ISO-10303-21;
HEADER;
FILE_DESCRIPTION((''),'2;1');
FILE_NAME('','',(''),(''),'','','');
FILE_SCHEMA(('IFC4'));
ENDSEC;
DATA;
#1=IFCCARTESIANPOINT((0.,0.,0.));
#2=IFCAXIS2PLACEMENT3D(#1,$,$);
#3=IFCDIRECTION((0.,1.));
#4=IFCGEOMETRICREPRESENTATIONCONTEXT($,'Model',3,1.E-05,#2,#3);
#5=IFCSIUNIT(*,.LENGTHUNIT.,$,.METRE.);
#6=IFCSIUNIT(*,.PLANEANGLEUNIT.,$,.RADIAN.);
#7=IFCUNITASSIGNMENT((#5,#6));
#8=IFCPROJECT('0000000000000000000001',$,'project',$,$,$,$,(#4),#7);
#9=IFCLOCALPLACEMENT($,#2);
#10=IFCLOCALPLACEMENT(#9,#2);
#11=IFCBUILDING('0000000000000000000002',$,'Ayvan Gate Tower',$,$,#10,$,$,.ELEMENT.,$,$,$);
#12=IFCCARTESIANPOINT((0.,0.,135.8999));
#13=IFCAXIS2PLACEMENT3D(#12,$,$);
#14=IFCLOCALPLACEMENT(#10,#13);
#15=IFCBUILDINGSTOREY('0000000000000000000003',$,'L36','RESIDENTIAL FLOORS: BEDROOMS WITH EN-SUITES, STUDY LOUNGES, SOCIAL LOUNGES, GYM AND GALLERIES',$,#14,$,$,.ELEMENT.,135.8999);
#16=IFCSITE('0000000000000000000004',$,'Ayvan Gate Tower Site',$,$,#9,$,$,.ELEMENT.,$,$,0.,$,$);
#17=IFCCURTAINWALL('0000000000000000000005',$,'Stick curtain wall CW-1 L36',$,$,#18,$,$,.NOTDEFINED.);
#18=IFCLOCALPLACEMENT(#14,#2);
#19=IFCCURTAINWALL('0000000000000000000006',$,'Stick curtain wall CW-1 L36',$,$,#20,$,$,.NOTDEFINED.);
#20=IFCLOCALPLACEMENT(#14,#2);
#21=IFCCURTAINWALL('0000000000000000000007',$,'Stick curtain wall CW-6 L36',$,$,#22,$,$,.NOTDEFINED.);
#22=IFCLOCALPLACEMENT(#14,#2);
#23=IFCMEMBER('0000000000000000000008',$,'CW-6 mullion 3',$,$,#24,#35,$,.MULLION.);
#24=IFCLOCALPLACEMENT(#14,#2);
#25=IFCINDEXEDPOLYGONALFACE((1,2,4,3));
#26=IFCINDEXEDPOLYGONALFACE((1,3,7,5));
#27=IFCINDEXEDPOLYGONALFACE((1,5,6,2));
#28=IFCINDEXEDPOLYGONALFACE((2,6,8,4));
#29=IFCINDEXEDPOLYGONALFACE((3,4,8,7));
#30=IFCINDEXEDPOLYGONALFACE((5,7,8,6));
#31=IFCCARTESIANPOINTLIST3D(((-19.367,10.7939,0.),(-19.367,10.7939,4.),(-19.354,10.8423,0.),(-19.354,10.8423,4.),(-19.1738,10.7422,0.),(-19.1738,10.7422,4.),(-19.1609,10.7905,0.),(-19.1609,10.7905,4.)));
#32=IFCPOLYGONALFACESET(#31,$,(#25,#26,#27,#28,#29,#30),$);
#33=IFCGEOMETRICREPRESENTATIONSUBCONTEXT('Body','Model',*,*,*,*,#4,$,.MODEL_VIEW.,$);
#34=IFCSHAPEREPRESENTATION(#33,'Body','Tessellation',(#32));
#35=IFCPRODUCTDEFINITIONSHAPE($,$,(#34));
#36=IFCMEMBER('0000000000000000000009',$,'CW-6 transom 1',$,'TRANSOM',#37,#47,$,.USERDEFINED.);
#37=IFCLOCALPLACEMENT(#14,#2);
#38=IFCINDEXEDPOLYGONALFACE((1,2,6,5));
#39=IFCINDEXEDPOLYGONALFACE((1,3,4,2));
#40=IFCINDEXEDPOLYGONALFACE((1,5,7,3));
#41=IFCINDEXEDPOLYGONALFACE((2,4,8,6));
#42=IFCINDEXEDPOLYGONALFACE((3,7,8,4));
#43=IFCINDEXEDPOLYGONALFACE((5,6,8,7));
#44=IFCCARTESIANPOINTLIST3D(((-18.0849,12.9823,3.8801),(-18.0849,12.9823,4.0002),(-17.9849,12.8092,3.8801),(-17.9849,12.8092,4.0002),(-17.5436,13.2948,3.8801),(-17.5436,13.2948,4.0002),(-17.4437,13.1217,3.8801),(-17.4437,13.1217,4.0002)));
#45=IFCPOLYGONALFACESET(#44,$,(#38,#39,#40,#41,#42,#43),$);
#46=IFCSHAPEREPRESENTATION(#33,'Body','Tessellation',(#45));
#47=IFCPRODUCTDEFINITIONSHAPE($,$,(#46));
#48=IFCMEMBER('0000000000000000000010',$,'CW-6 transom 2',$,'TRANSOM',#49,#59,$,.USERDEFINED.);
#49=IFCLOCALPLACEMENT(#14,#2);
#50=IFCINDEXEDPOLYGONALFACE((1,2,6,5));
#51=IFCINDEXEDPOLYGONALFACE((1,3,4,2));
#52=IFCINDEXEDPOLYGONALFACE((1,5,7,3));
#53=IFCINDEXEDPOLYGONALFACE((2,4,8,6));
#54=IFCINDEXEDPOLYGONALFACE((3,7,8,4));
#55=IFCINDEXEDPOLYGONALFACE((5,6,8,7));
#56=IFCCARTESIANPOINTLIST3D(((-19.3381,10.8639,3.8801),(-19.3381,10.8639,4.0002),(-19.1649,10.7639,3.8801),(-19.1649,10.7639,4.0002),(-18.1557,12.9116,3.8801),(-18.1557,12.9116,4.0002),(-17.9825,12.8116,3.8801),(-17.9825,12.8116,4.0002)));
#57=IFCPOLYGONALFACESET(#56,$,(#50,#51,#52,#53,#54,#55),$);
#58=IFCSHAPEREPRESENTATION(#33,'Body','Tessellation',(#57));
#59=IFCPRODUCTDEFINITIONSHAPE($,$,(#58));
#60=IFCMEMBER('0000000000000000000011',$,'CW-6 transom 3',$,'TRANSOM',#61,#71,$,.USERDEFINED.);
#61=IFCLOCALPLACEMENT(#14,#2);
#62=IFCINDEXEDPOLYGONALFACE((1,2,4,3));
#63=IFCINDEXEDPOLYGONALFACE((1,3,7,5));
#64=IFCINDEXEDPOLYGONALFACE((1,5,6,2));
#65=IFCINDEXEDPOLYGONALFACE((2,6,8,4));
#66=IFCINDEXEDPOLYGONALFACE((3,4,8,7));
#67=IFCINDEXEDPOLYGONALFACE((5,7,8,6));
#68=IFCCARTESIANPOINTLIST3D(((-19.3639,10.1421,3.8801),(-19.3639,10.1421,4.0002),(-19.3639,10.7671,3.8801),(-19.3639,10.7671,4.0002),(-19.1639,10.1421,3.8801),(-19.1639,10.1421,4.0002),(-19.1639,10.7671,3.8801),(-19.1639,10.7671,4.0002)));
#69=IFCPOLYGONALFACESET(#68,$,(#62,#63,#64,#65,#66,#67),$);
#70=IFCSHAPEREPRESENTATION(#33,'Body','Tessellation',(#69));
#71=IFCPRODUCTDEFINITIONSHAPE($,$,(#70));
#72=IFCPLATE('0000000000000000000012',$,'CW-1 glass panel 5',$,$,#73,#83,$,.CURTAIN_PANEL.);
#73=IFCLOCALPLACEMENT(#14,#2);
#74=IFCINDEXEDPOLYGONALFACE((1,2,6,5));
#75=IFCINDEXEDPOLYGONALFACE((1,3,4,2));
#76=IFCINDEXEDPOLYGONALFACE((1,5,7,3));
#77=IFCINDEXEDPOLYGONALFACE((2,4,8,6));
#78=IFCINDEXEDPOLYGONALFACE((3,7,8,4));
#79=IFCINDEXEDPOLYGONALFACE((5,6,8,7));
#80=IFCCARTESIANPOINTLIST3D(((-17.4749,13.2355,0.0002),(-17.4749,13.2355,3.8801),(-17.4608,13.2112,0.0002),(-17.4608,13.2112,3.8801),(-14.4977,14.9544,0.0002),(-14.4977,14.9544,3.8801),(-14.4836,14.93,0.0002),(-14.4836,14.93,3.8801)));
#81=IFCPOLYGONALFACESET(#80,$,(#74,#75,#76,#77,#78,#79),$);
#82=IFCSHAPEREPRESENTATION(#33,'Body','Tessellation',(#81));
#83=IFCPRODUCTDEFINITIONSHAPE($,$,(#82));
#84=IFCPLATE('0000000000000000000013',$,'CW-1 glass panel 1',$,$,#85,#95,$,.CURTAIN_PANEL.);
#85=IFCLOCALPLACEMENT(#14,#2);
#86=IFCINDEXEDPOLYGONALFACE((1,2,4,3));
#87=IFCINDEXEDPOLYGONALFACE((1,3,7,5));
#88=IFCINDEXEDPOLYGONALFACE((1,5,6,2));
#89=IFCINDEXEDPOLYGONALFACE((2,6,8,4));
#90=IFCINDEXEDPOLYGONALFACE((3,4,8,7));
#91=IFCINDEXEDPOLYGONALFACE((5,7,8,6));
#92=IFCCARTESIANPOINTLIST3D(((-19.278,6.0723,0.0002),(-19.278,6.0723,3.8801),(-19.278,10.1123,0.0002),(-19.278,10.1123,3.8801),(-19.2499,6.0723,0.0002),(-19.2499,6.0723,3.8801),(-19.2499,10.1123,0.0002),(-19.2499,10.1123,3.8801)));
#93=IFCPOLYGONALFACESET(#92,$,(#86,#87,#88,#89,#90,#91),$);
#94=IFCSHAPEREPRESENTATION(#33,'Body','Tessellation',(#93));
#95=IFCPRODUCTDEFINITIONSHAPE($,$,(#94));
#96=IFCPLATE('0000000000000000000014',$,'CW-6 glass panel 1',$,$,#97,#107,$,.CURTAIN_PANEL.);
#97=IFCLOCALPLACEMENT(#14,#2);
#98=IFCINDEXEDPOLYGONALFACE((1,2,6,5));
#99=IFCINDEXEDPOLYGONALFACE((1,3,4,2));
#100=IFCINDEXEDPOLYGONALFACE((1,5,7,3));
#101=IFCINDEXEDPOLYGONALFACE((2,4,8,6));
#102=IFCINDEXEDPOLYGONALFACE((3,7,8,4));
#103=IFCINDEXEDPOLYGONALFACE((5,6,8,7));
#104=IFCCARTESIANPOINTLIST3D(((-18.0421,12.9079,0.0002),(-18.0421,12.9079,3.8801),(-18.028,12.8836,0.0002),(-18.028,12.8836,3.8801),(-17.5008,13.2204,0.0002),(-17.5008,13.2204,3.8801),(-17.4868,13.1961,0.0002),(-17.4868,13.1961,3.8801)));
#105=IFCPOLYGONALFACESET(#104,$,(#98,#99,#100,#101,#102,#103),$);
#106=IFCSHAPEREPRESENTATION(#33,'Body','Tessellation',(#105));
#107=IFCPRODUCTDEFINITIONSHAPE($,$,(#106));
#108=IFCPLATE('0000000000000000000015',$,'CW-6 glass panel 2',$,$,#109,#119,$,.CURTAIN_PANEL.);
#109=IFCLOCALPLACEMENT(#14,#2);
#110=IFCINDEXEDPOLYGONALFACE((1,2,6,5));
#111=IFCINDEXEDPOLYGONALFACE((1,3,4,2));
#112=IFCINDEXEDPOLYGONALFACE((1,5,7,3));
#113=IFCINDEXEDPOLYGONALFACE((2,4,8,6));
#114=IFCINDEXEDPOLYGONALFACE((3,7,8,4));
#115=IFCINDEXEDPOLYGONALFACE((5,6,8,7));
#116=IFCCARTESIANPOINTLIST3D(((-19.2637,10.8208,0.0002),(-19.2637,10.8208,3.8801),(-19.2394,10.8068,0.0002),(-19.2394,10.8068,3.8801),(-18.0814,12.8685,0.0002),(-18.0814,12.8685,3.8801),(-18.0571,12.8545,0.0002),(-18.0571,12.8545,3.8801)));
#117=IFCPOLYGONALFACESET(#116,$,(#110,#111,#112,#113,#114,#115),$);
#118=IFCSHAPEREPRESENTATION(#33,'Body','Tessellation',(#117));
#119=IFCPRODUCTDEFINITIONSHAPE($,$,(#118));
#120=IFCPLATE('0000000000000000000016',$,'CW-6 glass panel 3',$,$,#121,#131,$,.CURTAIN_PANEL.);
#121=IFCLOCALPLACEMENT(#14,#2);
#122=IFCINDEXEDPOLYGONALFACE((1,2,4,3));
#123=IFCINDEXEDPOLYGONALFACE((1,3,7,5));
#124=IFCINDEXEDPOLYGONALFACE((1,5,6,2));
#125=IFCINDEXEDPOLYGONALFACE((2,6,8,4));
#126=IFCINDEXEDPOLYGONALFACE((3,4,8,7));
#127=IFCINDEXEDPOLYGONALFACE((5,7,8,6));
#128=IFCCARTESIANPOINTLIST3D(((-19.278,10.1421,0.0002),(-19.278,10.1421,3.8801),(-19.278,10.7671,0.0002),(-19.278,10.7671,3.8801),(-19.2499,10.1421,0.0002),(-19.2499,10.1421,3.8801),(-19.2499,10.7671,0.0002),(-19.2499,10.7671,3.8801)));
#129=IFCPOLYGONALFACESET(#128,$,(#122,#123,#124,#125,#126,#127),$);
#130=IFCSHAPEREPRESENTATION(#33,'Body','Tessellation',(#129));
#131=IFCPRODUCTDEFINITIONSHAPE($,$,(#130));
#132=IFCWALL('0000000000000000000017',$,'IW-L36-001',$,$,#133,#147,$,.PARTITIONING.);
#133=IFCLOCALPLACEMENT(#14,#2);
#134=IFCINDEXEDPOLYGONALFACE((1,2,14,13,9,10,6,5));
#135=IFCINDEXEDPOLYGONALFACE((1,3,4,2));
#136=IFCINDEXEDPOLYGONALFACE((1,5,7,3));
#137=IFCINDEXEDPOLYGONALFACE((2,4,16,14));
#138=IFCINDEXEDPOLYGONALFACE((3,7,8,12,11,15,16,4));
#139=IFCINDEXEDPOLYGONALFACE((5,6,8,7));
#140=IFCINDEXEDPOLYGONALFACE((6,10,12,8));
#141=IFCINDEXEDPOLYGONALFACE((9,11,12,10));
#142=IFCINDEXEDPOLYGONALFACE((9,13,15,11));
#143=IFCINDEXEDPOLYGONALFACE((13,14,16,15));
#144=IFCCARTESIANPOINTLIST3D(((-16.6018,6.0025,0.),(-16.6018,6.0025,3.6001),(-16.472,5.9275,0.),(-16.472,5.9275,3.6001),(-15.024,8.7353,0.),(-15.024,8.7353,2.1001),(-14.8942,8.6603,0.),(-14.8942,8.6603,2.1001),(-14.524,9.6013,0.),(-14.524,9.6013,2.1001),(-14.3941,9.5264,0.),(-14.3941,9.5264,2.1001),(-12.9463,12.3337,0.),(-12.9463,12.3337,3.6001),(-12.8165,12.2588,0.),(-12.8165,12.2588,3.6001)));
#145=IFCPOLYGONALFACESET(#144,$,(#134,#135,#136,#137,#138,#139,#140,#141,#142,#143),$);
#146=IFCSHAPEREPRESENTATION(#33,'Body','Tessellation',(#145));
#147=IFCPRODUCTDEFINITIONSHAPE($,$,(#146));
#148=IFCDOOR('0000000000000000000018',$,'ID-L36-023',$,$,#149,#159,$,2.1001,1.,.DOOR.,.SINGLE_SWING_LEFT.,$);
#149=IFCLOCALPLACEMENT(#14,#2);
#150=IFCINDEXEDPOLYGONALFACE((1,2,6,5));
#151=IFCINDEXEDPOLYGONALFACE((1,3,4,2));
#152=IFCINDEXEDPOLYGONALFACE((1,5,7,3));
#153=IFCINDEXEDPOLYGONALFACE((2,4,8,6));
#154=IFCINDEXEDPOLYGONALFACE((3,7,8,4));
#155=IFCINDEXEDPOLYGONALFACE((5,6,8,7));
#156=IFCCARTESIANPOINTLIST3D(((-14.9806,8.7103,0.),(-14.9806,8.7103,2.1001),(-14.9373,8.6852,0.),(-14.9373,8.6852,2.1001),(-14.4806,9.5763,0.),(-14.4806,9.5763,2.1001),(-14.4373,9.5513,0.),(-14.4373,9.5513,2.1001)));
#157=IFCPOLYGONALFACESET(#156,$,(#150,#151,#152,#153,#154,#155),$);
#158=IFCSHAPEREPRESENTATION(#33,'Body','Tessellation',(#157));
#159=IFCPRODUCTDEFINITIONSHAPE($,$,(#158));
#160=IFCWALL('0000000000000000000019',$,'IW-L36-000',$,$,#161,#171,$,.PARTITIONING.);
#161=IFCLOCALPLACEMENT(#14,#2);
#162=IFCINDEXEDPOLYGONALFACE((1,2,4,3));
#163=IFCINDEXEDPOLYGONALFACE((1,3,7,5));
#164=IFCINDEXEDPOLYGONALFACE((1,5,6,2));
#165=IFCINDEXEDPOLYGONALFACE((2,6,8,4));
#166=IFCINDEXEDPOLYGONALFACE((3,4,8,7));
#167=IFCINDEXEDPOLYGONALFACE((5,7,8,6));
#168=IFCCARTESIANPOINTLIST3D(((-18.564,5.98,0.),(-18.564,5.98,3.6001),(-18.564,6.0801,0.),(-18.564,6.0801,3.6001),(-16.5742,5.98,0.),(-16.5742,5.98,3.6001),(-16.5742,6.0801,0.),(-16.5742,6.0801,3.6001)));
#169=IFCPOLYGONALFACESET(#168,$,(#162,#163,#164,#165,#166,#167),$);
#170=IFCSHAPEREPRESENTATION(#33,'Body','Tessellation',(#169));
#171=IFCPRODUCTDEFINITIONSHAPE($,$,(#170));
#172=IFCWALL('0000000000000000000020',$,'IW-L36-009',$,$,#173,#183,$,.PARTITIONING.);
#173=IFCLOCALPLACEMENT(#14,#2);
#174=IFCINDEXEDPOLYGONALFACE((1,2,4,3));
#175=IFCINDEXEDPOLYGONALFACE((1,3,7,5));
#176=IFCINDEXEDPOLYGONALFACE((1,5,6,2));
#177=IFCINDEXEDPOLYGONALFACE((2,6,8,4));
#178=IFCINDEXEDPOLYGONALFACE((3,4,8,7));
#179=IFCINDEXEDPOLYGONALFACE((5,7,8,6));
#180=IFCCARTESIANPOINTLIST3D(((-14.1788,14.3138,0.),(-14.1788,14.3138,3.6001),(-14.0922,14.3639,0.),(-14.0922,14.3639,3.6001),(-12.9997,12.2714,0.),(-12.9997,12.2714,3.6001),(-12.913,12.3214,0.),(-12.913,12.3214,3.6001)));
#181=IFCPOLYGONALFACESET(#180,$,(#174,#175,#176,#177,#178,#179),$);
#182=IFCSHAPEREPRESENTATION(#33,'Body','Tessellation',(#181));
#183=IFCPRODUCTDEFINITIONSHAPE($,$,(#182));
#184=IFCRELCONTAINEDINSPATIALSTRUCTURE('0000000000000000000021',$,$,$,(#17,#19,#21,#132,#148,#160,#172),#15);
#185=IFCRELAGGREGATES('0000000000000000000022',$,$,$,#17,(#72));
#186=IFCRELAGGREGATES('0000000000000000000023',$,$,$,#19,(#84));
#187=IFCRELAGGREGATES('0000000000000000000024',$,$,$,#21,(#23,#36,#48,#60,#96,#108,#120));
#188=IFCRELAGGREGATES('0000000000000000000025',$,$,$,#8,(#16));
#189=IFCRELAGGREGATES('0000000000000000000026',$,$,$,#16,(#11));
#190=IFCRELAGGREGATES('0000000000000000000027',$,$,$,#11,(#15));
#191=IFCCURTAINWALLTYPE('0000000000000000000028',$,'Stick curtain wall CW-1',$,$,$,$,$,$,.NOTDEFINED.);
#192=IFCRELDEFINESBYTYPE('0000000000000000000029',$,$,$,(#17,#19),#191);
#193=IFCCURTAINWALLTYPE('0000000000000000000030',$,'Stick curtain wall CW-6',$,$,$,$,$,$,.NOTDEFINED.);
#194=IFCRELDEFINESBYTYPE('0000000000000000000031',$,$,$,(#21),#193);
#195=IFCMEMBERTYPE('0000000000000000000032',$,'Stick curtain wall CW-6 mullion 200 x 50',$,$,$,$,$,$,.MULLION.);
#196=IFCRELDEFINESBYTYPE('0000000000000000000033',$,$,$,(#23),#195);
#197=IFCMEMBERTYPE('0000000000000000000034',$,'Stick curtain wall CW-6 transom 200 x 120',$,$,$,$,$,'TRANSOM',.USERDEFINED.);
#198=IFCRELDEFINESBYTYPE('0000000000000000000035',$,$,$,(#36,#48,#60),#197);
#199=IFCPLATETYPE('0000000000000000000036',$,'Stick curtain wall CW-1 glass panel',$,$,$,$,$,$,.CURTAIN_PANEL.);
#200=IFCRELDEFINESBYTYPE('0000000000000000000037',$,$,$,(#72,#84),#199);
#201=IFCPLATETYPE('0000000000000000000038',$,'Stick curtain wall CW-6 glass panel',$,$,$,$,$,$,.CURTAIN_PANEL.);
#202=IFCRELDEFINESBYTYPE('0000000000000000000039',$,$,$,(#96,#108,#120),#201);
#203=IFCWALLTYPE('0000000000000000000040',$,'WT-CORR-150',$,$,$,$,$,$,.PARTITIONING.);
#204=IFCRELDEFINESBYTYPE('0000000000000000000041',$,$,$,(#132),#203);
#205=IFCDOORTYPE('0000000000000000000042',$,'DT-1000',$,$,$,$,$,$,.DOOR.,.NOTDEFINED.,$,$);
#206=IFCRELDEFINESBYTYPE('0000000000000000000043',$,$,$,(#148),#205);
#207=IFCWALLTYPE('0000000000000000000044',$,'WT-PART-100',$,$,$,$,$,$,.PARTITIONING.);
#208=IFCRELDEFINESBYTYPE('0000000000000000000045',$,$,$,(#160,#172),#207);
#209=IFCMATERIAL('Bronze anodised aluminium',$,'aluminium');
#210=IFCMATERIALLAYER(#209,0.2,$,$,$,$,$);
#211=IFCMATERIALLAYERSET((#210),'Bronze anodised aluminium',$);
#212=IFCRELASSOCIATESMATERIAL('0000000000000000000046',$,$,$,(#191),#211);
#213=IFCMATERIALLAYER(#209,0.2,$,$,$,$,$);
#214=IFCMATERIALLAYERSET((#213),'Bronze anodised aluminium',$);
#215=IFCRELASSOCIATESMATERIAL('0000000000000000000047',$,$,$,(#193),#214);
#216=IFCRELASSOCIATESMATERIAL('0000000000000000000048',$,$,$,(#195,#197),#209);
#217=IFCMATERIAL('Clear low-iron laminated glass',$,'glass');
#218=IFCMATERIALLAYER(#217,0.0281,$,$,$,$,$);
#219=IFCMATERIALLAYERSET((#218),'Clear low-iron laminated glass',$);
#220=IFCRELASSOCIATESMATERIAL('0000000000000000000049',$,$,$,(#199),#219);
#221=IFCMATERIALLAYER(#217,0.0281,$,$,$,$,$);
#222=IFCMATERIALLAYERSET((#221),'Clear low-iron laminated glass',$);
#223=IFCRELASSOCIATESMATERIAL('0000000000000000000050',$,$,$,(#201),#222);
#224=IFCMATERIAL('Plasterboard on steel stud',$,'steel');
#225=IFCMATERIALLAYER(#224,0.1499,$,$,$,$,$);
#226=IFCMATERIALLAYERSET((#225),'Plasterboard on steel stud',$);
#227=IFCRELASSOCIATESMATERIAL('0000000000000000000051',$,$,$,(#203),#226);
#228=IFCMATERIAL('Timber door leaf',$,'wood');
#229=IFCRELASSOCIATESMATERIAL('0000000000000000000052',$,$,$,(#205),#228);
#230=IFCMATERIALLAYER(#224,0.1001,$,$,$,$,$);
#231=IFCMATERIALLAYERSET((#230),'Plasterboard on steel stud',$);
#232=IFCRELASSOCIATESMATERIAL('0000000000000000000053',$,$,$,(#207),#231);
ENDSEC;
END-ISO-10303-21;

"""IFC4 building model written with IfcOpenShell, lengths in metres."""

from ifc_helpers import new_model, si_unit, direction, frame, frame_2d, origin, origin_2d, place, context, subcontext, project, spatial, rectangle, extrude, material, layer, layer_set, material_profile, profile_set, type_object, element, fill, aggregate, save


model = new_model("IFC4")

# Units and contexts
model_context = context("Model", 3, precision=1e-05, world=origin(), true_north=direction((0.0, 1.0)))
body_context = subcontext(model_context, "Body", "Model", "MODEL_VIEW")
ifc_project = project(units=[si_unit("LENGTHUNIT", "METRE"), si_unit("PLANEANGLEUNIT", "RADIAN")], contexts=[model_context])

# Site, building, storey
site_placement = place(None, origin())
site = spatial("IfcSite", under=ifc_project, at=site_placement, Name="Ayvan Gate Tower Site", CompositionType="ELEMENT", RefElevation=0.0)
building_placement = place(site_placement, origin())
building = spatial("IfcBuilding", under=site, at=building_placement, Name="Ayvan Gate Tower", CompositionType="ELEMENT")
storey_placement = place(building_placement, frame((0.0, 0.0, 135.8999)))
storey = spatial("IfcBuildingStorey", under=building, at=storey_placement, Name="L36", Description="RESIDENTIAL FLOORS: BEDROOMS WITH EN-SUITES, STUDY LOUNGES, SOCIAL LOUNGES, GYM AND GALLERIES", CompositionType="ELEMENT", Elevation=135.8999)

# Curtain walls, members
ifc_material_1 = material(Name="Bronze anodised aluminium", Category="aluminium")
ifc_layer_1 = layer(ifc_material_1, 0.2)
ifc_layer_set_1 = layer_set([ifc_layer_1], Name="Bronze anodised aluminium")
curtain_wall_type_1 = type_object("IfcCurtainWallType", Name="Stick curtain wall CW-1", PredefinedType="NOTDEFINED", material=ifc_layer_set_1)
curtain_wall_1_placement = place(storey_placement, origin())
curtain_wall_1 = element("IfcCurtainWall", 1, at=curtain_wall_1_placement, inside=storey, type_object=curtain_wall_type_1, Name="Stick curtain wall CW-1 L36", PredefinedType="NOTDEFINED")
curtain_wall_2_placement = place(storey_placement, origin())
curtain_wall_2 = element("IfcCurtainWall", 2, at=curtain_wall_2_placement, inside=storey, type_object=curtain_wall_type_1, Name="Stick curtain wall CW-1 L36", PredefinedType="NOTDEFINED")
ifc_layer_2 = layer(ifc_material_1, 0.2)
ifc_layer_set_2 = layer_set([ifc_layer_2], Name="Bronze anodised aluminium")
curtain_wall_type_2 = type_object("IfcCurtainWallType", Name="Stick curtain wall CW-6", PredefinedType="NOTDEFINED", material=ifc_layer_set_2)
curtain_wall_3_placement = place(storey_placement, origin())
curtain_wall_3 = element("IfcCurtainWall", 3, at=curtain_wall_3_placement, inside=storey, type_object=curtain_wall_type_2, Name="Stick curtain wall CW-6 L36", PredefinedType="NOTDEFINED")
ifc_material_profile_1 = material_profile(ifc_material_1, rectangle(XDim=0.2, YDim=0.05, at=origin_2d()), Name="Stick curtain wall CW-6 mullion 200 x 50")
ifc_profile_set_1 = profile_set([ifc_material_profile_1], Name="Bronze anodised aluminium")
member_type_1 = type_object("IfcMemberType", Name="Stick curtain wall CW-6 mullion 200 x 50", PredefinedType="MULLION", material=ifc_profile_set_1)
member_1_placement = place(storey_placement, frame((-19.2639, 10.7922, 0.0), z_axis=(0.0, 0.0, 1.0), x_axis=(-0.965926, 0.258819, 0.0)))
member_1 = element("IfcMember", 4, at=member_1_placement, type_object=member_type_1, Name="CW-6 mullion 3", PredefinedType="MULLION", context=body_context, shape_type="SweptSolid", body=[
    extrude(rectangle(XDim=0.2, YDim=0.05, at=origin_2d()), origin(), (0.0, 0.0, 1.0), 4.0),
])
ifc_material_profile_2 = material_profile(ifc_material_1, rectangle(XDim=0.2, YDim=0.1201, at=origin_2d()), Name="Stick curtain wall CW-6 transom 200 x 120")
ifc_profile_set_2 = profile_set([ifc_material_profile_2], Name="Bronze anodised aluminium")
member_type_2 = type_object("IfcMemberType", Name="Stick curtain wall CW-6 transom 200 x 120", ElementType="TRANSOM", PredefinedType="USERDEFINED", material=ifc_profile_set_2)
member_2_placement = place(storey_placement, frame((-17.4937, 13.2083, 3.9402), z_axis=(-0.866023, -0.500004, 0.0), x_axis=(0.500004, -0.866023, 0.0)))
member_2 = element("IfcMember", 5, at=member_2_placement, type_object=member_type_2, Name="CW-6 transom 1", ObjectType="TRANSOM", PredefinedType="USERDEFINED", context=body_context, shape_type="SweptSolid", body=[
    extrude(rectangle(XDim=0.2, YDim=0.1201, at=origin_2d()), origin(), (0.0, 0.0, 1.0), 0.625),
])
member_3_placement = place(storey_placement, frame((-18.0691, 12.8616, 3.9402), z_axis=(-0.500059, -0.865991, 0.0), x_axis=(0.865991, -0.500059, 0.0)))
member_3 = element("IfcMember", 6, at=member_3_placement, type_object=member_type_2, Name="CW-6 transom 2", ObjectType="TRANSOM", PredefinedType="USERDEFINED", context=body_context, shape_type="SweptSolid", body=[
    extrude(rectangle(XDim=0.2, YDim=0.1201, at=origin_2d()), origin(), (0.0, 0.0, 1.0), 2.3645),
])
member_4_placement = place(storey_placement, frame((-19.2639, 10.7671, 3.9402), z_axis=(0.0, -1.0, 0.0), x_axis=(1.0, 0.0, 0.0)))
member_4 = element("IfcMember", 7, at=member_4_placement, type_object=member_type_2, Name="CW-6 transom 3", ObjectType="TRANSOM", PredefinedType="USERDEFINED", context=body_context, shape_type="SweptSolid", body=[
    extrude(rectangle(XDim=0.2, YDim=0.1201, at=origin_2d()), origin(), (0.0, 0.0, 1.0), 0.625),
])

# Plates
ifc_material_2 = material(Name="Clear low-iron laminated glass", Category="glass")
ifc_layer_3 = layer(ifc_material_2, 0.0281)
ifc_layer_set_3 = layer_set([ifc_layer_3], Name="Clear low-iron laminated glass")
plate_type_1 = type_object("IfcPlateType", Name="Stick curtain wall CW-1 glass panel", PredefinedType="CURTAIN_PANEL", material=ifc_layer_set_3)
plate_1_placement = place(storey_placement, frame((-15.9792, 14.0828, 0.0002), z_axis=(0.0, 0.0, 1.0), x_axis=(-0.866025, -0.5, 0.0)))
plate_1 = element("IfcPlate", 8, at=plate_1_placement, type_object=plate_type_1, Name="CW-1 glass panel 5", PredefinedType="CURTAIN_PANEL", context=body_context, shape_type="SweptSolid", body=[
    extrude(rectangle(XDim=3.4377, YDim=0.0281, at=origin_2d()), origin(), (0.0, 0.0, 1.0), 3.8799),
])
aggregate(curtain_wall_1, [plate_1])
plate_2_placement = place(storey_placement, frame((-19.2639, 8.0923, 0.0002), z_axis=(0.0, 0.0, 1.0), x_axis=(0.0, -1.0, 0.0)))
plate_2 = element("IfcPlate", 9, at=plate_2_placement, type_object=plate_type_1, Name="CW-1 glass panel 1", PredefinedType="CURTAIN_PANEL", context=body_context, shape_type="SweptSolid", body=[
    extrude(rectangle(XDim=4.04, YDim=0.0281, at=origin_2d()), origin(), (0.0, 0.0, 1.0), 3.8799),
])
aggregate(curtain_wall_2, [plate_2])
ifc_layer_4 = layer(ifc_material_2, 0.0281)
ifc_layer_set_4 = layer_set([ifc_layer_4], Name="Clear low-iron laminated glass")
plate_type_2 = type_object("IfcPlateType", Name="Stick curtain wall CW-6 glass panel", PredefinedType="CURTAIN_PANEL", material=ifc_layer_set_4)
plate_3_placement = place(storey_placement, frame((-17.7644, 13.052, 0.0002), z_axis=(0.0, 0.0, 1.0), x_axis=(-0.866025, -0.5, 0.0)))
plate_3 = element("IfcPlate", 10, at=plate_3_placement, type_object=plate_type_2, Name="CW-6 glass panel 1", PredefinedType="CURTAIN_PANEL", context=body_context, shape_type="SweptSolid", body=[
    extrude(rectangle(XDim=0.625, YDim=0.0281, at=origin_2d()), origin(), (0.0, 0.0, 1.0), 3.8799),
])
plate_4_placement = place(storey_placement, frame((-18.6604, 11.8376, 0.0002), z_axis=(0.0, 0.0, 1.0), x_axis=(-0.5, -0.866025, 0.0)))
plate_4 = element("IfcPlate", 11, at=plate_4_placement, type_object=plate_type_2, Name="CW-6 glass panel 2", PredefinedType="CURTAIN_PANEL", context=body_context, shape_type="SweptSolid", body=[
    extrude(rectangle(XDim=2.3645, YDim=0.0281, at=origin_2d()), origin(), (0.0, 0.0, 1.0), 3.8799),
])
plate_5_placement = place(storey_placement, frame((-19.2639, 10.4546, 0.0002), z_axis=(0.0, 0.0, 1.0), x_axis=(0.0, -1.0, 0.0)))
plate_5 = element("IfcPlate", 12, at=plate_5_placement, type_object=plate_type_2, Name="CW-6 glass panel 3", PredefinedType="CURTAIN_PANEL", context=body_context, shape_type="SweptSolid", body=[
    extrude(rectangle(XDim=0.625, YDim=0.0281, at=origin_2d()), origin(), (0.0, 0.0, 1.0), 3.8799),
])
aggregate(curtain_wall_3, [member_1, member_2, member_3, member_4, plate_3, plate_4, plate_5])

# Wall, opening, door
ifc_material_3 = material(Name="Plasterboard on steel stud", Category="steel")
ifc_layer_5 = layer(ifc_material_3, 0.1499)
ifc_layer_set_5 = layer_set([ifc_layer_5], Name="Plasterboard on steel stud")
wall_type_1 = type_object("IfcWallType", Name="WT-CORR-150", PredefinedType="PARTITIONING", material=ifc_layer_set_5)
wall_1_placement = place(storey_placement, frame((-16.5369, 5.9651, 0.0), z_axis=(0.0, 0.0, 1.0), x_axis=(0.500014, 0.866017, 0.0)))
wall_1 = element("IfcWall", 13, at=wall_1_placement, inside=storey, type_object=wall_type_1, Name="IW-L36-001", PredefinedType="PARTITIONING", context=body_context, shape_type="SweptSolid", body=[
    extrude(rectangle(XDim=7.3108, YDim=0.1499, at=frame_2d((3.6553, 0.0))), origin(), (0.0, 0.0, 1.0), 3.6001),
])
opening_placement = place(wall_1_placement, frame((3.1555, 0.0, 0.0)))
opening = element("IfcOpeningElement", 14, at=opening_placement, cuts=wall_1, PredefinedType="OPENING", context=body_context, shape_type="SweptSolid", body=[
    extrude(rectangle(XDim=1.0, YDim=2.1001, at=frame_2d((0.5, 1.05))), frame((0.0, 0.085, 0.0), z_axis=(0.0, -1.0, 0.0), x_axis=(1.0, 0.0, 0.0)), (0.0, 0.0, 1.0), 0.1699),
])
ifc_material_4 = material(Name="Timber door leaf", Category="wood")
door_type = type_object("IfcDoorType", Name="DT-1000", OperationType="NOTDEFINED", PredefinedType="DOOR", material=ifc_material_4)
door_placement = place(opening_placement, origin())
door = element("IfcDoor", 15, at=door_placement, inside=storey, type_object=door_type, Name="ID-L36-023", OperationType="SINGLE_SWING_LEFT", OverallHeight=2.1001, OverallWidth=1.0, PredefinedType="DOOR", context=body_context, shape_type="SweptSolid", body=[
    extrude(rectangle(XDim=1.0, YDim=2.1001, at=frame_2d((0.5, 1.05))), frame((0.0, 0.0249, 0.0), z_axis=(0.0, -1.0, 0.0), x_axis=(1.0, 0.0, 0.0)), (0.0, 0.0, 1.0), 0.05),
])
fill(opening, door)

# Walls
ifc_layer_6 = layer(ifc_material_3, 0.1001)
ifc_layer_set_6 = layer_set([ifc_layer_6], Name="Plasterboard on steel stud")
wall_type_2 = type_object("IfcWallType", Name="WT-PART-100", PredefinedType="PARTITIONING", material=ifc_layer_set_6)
wall_2_placement = place(storey_placement, frame((-16.5742, 6.03, 0.0), z_axis=(0.0, 0.0, 1.0), x_axis=(-1.0, 0.0, 0.0)))
element("IfcWall", 16, at=wall_2_placement, inside=storey, type_object=wall_type_2, Name="IW-L36-000", PredefinedType="PARTITIONING", context=body_context, shape_type="SweptSolid", body=[
    extrude(rectangle(XDim=1.9897, YDim=0.1001, at=frame_2d((0.9949, 0.0))), origin(), (0.0, 0.0, 1.0), 3.6001),
])
wall_3_placement = place(storey_placement, frame((-14.1355, 14.3389, 0.0), z_axis=(0.0, 0.0, 1.0), x_axis=(0.499991, -0.86603, 0.0)))
element("IfcWall", 17, at=wall_3_placement, inside=storey, type_object=wall_type_2, Name="IW-L36-009", PredefinedType="PARTITIONING", context=body_context, shape_type="SweptSolid", body=[
    extrude(rectangle(XDim=2.3584, YDim=0.1001, at=frame_2d((1.1792, 0.0))), origin(), (0.0, 0.0, 1.0), 3.6001),
])

save(model, "model.ifc")
